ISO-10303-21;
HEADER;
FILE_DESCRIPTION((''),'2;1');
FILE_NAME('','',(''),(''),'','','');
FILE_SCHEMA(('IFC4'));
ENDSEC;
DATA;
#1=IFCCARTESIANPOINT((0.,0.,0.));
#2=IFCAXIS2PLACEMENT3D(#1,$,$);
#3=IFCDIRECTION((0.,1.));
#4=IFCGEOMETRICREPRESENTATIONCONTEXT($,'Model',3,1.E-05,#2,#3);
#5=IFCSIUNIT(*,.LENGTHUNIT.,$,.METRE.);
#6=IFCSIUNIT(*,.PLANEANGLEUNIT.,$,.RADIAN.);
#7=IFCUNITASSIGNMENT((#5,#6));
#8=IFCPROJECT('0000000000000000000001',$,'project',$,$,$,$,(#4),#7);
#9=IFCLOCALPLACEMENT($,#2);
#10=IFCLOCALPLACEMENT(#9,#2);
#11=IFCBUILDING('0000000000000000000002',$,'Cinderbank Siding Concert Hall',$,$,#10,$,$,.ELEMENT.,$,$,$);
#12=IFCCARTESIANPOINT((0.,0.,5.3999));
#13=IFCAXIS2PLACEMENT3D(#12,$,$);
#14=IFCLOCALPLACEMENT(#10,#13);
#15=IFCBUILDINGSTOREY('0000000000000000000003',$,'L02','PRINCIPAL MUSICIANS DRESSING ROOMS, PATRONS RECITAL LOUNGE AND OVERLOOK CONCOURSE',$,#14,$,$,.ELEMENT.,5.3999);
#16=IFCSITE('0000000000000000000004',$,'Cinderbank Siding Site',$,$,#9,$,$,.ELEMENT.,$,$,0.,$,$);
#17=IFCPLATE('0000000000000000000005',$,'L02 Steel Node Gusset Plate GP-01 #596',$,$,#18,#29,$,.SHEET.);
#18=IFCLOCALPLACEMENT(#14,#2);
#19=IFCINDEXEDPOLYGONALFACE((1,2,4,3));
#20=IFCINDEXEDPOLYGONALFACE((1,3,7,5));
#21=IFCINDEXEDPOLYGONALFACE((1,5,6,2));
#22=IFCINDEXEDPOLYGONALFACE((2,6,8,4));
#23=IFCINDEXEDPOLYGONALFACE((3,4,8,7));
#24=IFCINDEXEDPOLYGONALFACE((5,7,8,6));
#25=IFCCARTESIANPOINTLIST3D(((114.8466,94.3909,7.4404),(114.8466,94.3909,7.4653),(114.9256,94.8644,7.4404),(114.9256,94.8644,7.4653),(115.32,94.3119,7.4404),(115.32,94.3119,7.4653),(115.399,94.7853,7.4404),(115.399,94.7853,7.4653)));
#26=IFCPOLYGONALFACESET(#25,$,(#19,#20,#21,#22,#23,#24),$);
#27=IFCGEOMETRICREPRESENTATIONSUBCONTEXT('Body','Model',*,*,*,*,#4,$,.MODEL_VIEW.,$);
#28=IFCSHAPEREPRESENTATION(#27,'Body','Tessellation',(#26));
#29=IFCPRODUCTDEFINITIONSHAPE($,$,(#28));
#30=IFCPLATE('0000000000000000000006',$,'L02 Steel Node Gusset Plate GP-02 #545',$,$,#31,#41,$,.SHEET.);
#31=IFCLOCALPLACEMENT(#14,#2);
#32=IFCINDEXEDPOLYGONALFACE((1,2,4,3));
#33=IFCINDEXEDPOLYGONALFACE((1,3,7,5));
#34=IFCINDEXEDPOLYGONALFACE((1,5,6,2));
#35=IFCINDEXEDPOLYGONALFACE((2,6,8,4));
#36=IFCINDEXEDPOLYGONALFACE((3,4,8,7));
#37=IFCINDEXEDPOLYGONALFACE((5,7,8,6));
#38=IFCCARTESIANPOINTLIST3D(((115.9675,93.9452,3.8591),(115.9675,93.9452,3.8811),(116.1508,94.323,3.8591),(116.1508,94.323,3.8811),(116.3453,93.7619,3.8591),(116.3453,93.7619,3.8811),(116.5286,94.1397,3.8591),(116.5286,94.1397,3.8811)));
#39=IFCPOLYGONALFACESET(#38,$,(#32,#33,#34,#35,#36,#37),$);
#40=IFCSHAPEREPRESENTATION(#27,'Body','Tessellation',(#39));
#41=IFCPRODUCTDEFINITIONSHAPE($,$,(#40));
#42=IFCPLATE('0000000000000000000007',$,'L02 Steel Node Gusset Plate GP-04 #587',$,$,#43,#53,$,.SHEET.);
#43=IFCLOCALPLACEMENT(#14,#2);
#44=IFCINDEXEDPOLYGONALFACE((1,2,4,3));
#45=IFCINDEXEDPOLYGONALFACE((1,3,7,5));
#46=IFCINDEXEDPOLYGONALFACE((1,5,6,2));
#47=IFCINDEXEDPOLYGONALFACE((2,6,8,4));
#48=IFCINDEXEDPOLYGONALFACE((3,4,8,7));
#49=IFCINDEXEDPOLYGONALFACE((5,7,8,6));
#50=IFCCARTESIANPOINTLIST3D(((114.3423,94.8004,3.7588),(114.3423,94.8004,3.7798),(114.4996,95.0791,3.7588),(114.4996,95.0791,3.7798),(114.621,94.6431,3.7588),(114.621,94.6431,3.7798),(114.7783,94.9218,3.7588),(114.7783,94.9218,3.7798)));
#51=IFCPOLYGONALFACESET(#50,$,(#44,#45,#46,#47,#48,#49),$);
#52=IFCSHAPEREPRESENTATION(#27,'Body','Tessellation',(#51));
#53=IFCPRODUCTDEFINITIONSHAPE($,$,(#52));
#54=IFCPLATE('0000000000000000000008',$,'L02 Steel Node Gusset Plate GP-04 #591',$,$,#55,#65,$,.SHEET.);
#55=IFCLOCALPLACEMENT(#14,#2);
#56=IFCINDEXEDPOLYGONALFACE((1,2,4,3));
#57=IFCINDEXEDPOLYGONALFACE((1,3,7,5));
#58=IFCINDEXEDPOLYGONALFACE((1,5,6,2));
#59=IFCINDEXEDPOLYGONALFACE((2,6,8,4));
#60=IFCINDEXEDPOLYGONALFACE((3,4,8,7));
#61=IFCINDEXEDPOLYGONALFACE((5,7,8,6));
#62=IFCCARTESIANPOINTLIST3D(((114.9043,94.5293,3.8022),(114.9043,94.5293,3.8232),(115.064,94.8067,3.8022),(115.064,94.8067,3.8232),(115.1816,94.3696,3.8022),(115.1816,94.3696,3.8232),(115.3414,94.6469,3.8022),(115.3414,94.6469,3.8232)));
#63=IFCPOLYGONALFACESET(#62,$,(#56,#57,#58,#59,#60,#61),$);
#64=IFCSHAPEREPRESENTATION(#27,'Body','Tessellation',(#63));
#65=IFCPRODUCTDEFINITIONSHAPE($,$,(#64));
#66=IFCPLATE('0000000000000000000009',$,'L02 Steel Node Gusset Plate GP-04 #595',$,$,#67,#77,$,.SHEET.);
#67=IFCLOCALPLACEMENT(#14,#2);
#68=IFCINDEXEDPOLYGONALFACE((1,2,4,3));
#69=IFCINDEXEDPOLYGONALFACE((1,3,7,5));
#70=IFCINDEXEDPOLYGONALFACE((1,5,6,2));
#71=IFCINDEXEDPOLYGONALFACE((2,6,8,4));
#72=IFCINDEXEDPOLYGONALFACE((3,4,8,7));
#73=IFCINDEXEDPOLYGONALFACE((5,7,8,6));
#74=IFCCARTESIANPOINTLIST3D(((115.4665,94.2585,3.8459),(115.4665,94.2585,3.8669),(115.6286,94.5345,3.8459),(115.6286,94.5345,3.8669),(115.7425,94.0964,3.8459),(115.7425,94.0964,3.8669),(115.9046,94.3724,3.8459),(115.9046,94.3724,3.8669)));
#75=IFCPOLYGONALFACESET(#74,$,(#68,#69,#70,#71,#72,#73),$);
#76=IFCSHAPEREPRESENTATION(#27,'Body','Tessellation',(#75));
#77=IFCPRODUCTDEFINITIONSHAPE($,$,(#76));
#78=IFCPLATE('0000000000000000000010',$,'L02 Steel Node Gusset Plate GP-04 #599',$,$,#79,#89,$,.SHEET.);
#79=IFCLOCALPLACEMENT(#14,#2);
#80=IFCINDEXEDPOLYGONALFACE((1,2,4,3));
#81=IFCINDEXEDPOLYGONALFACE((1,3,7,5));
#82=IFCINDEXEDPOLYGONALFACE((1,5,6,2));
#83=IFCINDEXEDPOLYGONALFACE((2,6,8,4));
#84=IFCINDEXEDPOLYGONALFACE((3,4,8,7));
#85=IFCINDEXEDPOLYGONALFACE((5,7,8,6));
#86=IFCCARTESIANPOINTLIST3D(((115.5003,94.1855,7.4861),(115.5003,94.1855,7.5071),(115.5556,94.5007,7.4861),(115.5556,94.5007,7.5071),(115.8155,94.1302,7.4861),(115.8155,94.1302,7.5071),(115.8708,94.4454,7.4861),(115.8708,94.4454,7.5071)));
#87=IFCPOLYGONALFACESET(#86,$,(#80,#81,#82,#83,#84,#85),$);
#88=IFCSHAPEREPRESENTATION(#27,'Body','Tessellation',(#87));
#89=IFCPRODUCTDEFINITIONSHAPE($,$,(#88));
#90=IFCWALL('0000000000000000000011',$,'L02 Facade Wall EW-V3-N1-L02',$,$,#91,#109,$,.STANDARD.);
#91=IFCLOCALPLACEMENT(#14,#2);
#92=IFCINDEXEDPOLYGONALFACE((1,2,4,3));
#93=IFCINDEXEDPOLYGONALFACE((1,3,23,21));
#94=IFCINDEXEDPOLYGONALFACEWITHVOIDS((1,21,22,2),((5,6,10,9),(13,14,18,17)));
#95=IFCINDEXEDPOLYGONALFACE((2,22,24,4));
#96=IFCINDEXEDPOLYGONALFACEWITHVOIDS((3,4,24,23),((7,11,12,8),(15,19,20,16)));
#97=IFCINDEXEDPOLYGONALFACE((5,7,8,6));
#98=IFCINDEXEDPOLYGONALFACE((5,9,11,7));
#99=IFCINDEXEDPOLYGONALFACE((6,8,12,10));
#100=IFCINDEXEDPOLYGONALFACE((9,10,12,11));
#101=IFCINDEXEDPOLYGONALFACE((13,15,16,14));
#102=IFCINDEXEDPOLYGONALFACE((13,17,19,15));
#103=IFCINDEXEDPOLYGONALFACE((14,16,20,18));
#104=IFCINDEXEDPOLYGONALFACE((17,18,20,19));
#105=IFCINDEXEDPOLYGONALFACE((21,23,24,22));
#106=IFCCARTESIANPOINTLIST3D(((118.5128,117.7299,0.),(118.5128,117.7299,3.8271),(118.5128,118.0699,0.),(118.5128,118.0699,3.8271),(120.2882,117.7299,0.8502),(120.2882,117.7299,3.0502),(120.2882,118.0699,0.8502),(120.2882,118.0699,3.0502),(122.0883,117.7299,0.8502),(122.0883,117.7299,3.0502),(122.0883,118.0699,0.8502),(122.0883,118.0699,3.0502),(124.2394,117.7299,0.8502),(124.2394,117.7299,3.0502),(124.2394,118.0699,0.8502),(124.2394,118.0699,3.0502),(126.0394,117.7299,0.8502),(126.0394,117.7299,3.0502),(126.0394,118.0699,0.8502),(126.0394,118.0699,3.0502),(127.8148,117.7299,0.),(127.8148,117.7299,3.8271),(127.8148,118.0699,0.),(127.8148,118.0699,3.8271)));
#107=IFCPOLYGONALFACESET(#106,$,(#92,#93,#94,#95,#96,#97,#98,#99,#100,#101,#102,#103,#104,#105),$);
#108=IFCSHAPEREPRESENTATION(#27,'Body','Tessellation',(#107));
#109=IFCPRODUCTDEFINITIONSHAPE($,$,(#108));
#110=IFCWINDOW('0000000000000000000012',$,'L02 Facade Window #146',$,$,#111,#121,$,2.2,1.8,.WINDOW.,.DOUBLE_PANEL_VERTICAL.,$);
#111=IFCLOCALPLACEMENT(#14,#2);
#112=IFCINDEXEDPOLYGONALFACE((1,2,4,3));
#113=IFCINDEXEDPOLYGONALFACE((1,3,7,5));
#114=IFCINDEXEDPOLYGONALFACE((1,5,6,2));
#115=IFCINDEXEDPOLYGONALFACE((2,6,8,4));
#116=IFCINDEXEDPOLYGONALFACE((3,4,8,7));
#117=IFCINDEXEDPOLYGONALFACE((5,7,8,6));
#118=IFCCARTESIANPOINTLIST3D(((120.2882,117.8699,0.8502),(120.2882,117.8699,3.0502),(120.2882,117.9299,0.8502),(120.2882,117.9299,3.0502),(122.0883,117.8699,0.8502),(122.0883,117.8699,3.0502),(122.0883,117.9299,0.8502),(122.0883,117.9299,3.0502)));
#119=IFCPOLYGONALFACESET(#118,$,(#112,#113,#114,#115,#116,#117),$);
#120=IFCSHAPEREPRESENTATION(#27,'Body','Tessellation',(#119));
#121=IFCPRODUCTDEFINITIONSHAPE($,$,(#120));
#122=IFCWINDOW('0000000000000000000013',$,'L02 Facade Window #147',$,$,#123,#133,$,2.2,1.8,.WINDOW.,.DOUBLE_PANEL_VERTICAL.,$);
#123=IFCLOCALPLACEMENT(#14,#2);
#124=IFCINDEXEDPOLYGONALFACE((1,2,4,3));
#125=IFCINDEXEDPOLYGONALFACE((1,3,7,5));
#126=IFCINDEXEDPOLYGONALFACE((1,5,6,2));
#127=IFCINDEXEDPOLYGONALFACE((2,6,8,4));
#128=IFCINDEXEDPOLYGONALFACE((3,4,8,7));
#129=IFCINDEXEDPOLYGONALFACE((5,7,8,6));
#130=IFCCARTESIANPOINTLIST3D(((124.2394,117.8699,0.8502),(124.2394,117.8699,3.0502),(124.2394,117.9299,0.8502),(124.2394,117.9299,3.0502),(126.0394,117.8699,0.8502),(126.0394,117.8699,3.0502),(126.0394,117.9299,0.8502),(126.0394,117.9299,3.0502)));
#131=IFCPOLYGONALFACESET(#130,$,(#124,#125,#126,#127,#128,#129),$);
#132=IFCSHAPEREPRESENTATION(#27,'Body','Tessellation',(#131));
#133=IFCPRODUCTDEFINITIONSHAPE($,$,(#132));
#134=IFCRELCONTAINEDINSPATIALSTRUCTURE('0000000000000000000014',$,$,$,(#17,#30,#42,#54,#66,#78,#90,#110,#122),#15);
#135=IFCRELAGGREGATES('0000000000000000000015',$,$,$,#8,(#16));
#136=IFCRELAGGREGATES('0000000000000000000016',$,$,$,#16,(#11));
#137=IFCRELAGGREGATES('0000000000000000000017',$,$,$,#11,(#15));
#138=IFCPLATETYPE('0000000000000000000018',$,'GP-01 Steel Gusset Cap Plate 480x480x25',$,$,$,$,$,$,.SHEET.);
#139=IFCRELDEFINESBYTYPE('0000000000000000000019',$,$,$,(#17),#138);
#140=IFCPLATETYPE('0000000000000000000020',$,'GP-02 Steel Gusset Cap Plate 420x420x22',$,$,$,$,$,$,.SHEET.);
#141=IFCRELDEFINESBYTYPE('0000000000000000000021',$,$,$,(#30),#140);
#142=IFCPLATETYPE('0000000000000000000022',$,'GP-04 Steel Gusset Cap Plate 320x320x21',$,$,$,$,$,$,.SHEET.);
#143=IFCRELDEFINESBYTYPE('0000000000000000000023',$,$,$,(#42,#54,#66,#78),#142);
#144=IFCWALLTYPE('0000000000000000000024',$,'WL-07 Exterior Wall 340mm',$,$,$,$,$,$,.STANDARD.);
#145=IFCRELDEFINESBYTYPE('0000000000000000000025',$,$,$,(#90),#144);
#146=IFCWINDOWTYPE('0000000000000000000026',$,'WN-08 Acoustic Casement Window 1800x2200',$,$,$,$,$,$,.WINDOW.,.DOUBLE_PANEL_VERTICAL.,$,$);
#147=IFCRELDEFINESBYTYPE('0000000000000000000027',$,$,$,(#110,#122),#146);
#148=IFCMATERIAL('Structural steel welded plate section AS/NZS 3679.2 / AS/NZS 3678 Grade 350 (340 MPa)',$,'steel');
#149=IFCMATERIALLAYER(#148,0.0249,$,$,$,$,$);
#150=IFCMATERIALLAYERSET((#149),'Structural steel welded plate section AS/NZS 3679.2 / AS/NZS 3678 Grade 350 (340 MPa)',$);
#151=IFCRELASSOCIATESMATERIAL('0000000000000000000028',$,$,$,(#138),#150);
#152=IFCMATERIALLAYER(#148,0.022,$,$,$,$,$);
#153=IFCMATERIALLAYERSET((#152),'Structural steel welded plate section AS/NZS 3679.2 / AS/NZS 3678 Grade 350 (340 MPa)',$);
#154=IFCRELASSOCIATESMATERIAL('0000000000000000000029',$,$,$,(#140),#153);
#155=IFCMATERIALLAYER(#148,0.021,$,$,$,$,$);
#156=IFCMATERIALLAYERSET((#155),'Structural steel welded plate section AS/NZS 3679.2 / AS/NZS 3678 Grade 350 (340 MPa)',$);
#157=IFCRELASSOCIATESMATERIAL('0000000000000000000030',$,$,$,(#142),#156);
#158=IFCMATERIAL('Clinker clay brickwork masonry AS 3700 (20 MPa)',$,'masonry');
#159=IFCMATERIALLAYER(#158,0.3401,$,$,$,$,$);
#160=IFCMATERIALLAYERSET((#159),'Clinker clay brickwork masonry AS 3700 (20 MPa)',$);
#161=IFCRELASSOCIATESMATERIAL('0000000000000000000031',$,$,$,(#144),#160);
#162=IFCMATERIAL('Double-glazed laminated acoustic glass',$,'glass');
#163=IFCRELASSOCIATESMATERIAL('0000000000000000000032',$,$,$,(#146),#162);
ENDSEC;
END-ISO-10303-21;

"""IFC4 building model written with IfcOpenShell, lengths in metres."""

from ifc_helpers import new_model, si_unit, direction, frame, frame_2d, origin, origin_2d, place, context, subcontext, project, spatial, rectangle, extrude, material, layer, layer_set, type_object, element, fill, save


model = new_model("IFC4")

# Units and contexts
model_context = context("Model", 3, precision=1e-05, world=origin(), true_north=direction((0.0, 1.0)))
body_context = subcontext(model_context, "Body", "Model", "MODEL_VIEW")
ifc_project = project(units=[si_unit("LENGTHUNIT", "METRE"), si_unit("PLANEANGLEUNIT", "RADIAN")], contexts=[model_context])

# Site, building, storey
site_placement = place(None, origin())
site = spatial("IfcSite", under=ifc_project, at=site_placement, Name="Cinderbank Siding Site", CompositionType="ELEMENT", RefElevation=0.0)
building_placement = place(site_placement, origin())
building = spatial("IfcBuilding", under=site, at=building_placement, Name="Cinderbank Siding Concert Hall", CompositionType="ELEMENT")
storey_placement = place(building_placement, frame((0.0, 0.0, 5.3999)))
storey = spatial("IfcBuildingStorey", under=building, at=storey_placement, Name="L02", Description="PRINCIPAL MUSICIANS DRESSING ROOMS, PATRONS RECITAL LOUNGE AND OVERLOOK CONCOURSE", CompositionType="ELEMENT", Elevation=5.3999)

# Shared definitions
ifc_material_1 = material(Name="Structural steel welded plate section AS/NZS 3679.2 / AS/NZS 3678 Grade 350 (340 MPa)", Category="steel")

# Shared definitions
ifc_material_2 = material(Name="Double-glazed laminated acoustic glass", Category="glass")

# Plates
ifc_layer_1 = layer(ifc_material_1, 0.0249)
ifc_layer_set_1 = layer_set([ifc_layer_1], Name="Structural steel welded plate section AS/NZS 3679.2 / AS/NZS 3678 Grade 350 (340 MPa)")
plate_type_1 = type_object("IfcPlateType", Name="GP-01 Steel Gusset Cap Plate 480x480x25", PredefinedType="SHEET", material=ifc_layer_set_1)
for number, where, z_axis, x_axis, name in (
    (1, (115.1228, 94.5881, 7.4404), (0.0, 0.0, 1.0), (-0.164703, -0.986343, 0.0), "L02 Steel Node Gusset Plate GP-01 #596"),
):
    element("IfcPlate", number, at=place(storey_placement, frame(where, z_axis=z_axis, x_axis=x_axis)), inside=storey, type_object=plate_type_1, Name=name, PredefinedType="SHEET", context=body_context, shape_type="SweptSolid", body=[
        extrude(rectangle(XDim=0.48, YDim=0.48, at=origin_2d()), origin(), (0.0, 0.0, 1.0), 0.0249),
    ])
ifc_layer_2 = layer(ifc_material_1, 0.022)
ifc_layer_set_2 = layer_set([ifc_layer_2], Name="Structural steel welded plate section AS/NZS 3679.2 / AS/NZS 3678 Grade 350 (340 MPa)")
plate_type_2 = type_object("IfcPlateType", Name="GP-02 Steel Gusset Cap Plate 420x420x22", PredefinedType="SHEET", material=ifc_layer_set_2)
plate_1_placement = place(storey_placement, frame((116.248, 94.0425, 3.8591), z_axis=(0.0, 0.0, 1.0), x_axis=(0.89971, -0.436488, 0.0)))
element("IfcPlate", 2, at=plate_1_placement, inside=storey, type_object=plate_type_2, Name="L02 Steel Node Gusset Plate GP-02 #545", PredefinedType="SHEET", context=body_context, shape_type="SweptSolid", body=[
    extrude(rectangle(XDim=0.4199, YDim=0.4199, at=origin_2d()), origin(), (0.0, 0.0, 1.0), 0.022),
])
ifc_layer_3 = layer(ifc_material_1, 0.021)
ifc_layer_set_3 = layer_set([ifc_layer_3], Name="Structural steel welded plate section AS/NZS 3679.2 / AS/NZS 3678 Grade 350 (340 MPa)")
plate_type_3 = type_object("IfcPlateType", Name="GP-04 Steel Gusset Cap Plate 320x320x21", PredefinedType="SHEET", material=ifc_layer_set_3)
for number, where, z_axis, x_axis, name in (
    (3, (114.5603, 94.8611, 3.7588), (0.0, 0.0, 1.0), (0.491512, 0.870871, 0.0), "L02 Steel Node Gusset Plate GP-04 #587"),
    (4, (115.1228, 94.5881, 3.8022), (0.0, 0.0, 1.0), (0.499093, 0.866549, 0.0), "L02 Steel Node Gusset Plate GP-04 #591"),
    (5, (115.6855, 94.3154, 3.8459), (0.0, 0.0, 1.0), (0.506485, 0.862249, 0.0), "L02 Steel Node Gusset Plate GP-04 #595"),
    (6, (115.6855, 94.3154, 7.4861), (0.0, 0.0, 1.0), (-0.172789, -0.984959, 0.0), "L02 Steel Node Gusset Plate GP-04 #599"),
):
    element("IfcPlate", number, at=place(storey_placement, frame(where, z_axis=z_axis, x_axis=x_axis)), inside=storey, type_object=plate_type_3, Name=name, PredefinedType="SHEET", context=body_context, shape_type="SweptSolid", body=[
        extrude(rectangle(XDim=0.3201, YDim=0.3201, at=origin_2d()), origin(), (0.0, 0.0, 1.0), 0.021),
    ])

# Wall, openings, windows
ifc_material_3 = material(Name="Clinker clay brickwork masonry AS 3700 (20 MPa)", Category="masonry")
ifc_layer_4 = layer(ifc_material_3, 0.3401)
ifc_layer_set_4 = layer_set([ifc_layer_4], Name="Clinker clay brickwork masonry AS 3700 (20 MPa)")
wall_type = type_object("IfcWallType", Name="WL-07 Exterior Wall 340mm", PredefinedType="STANDARD", material=ifc_layer_set_4)
wall_placement = place(storey_placement, frame((118.5129, 117.8999, 0.0), z_axis=(0.0, 0.0, 1.0), x_axis=(1.0, 0.0, 0.0)))
wall = element("IfcWall", 7, at=wall_placement, inside=storey, type_object=wall_type, Name="L02 Facade Wall EW-V3-N1-L02", PredefinedType="STANDARD", context=body_context, shape_type="SweptSolid", body=[
    extrude(rectangle(XDim=9.302, YDim=0.3401, at=frame_2d((4.6509, 0.0))), origin(), (0.0, 0.0, 1.0), 3.8271),
])
opening_1_placement = place(wall_placement, frame((1.7754, 0.0, 0.8501)))
opening_1 = element("IfcOpeningElement", 8, at=opening_1_placement, cuts=wall, PredefinedType="OPENING", context=body_context, shape_type="SweptSolid", body=[
    extrude(rectangle(XDim=1.8, YDim=2.2, at=frame_2d((0.8999, 1.1001))), frame((0.0, 0.1821, 0.0), z_axis=(0.0, -1.0, 0.0), x_axis=(1.0, 0.0, 0.0)), (0.0, 0.0, 1.0), 0.364),
])
opening_2_placement = place(wall_placement, frame((5.7266, 0.0, 0.8501)))
opening_2 = element("IfcOpeningElement", 9, at=opening_2_placement, cuts=wall, PredefinedType="OPENING", context=body_context, shape_type="SweptSolid", body=[
    extrude(rectangle(XDim=1.8, YDim=2.2, at=frame_2d((0.8999, 1.1001))), frame((0.0, 0.1821, 0.0), z_axis=(0.0, -1.0, 0.0), x_axis=(1.0, 0.0, 0.0)), (0.0, 0.0, 1.0), 0.364),
])
window_type = type_object("IfcWindowType", Name="WN-08 Acoustic Casement Window 1800x2200", PartitioningType="DOUBLE_PANEL_VERTICAL", PredefinedType="WINDOW", material=ifc_material_2)
window_1_placement = place(opening_1_placement, origin())
window_1 = element("IfcWindow", 10, at=window_1_placement, inside=storey, type_object=window_type, Name="L02 Facade Window #146", OverallHeight=2.2, OverallWidth=1.8, PartitioningType="DOUBLE_PANEL_VERTICAL", PredefinedType="WINDOW", context=body_context, shape_type="SweptSolid", body=[
    extrude(rectangle(XDim=1.8, YDim=2.2, at=frame_2d((0.8999, 1.1001))), frame((0.0, 0.03, 0.0), z_axis=(0.0, -1.0, 0.0), x_axis=(1.0, 0.0, 0.0)), (0.0, 0.0, 1.0), 0.0601),
])
fill(opening_1, window_1)
window_2_placement = place(opening_2_placement, origin())
window_2 = element("IfcWindow", 11, at=window_2_placement, inside=storey, type_object=window_type, Name="L02 Facade Window #147", OverallHeight=2.2, OverallWidth=1.8, PartitioningType="DOUBLE_PANEL_VERTICAL", PredefinedType="WINDOW", context=body_context, shape_type="SweptSolid", body=[
    extrude(rectangle(XDim=1.8, YDim=2.2, at=frame_2d((0.8999, 1.1001))), frame((0.0, 0.03, 0.0), z_axis=(0.0, -1.0, 0.0), x_axis=(1.0, 0.0, 0.0)), (0.0, 0.0, 1.0), 0.0601),
])
fill(opening_2, window_2)

save(model, "model.ifc")
